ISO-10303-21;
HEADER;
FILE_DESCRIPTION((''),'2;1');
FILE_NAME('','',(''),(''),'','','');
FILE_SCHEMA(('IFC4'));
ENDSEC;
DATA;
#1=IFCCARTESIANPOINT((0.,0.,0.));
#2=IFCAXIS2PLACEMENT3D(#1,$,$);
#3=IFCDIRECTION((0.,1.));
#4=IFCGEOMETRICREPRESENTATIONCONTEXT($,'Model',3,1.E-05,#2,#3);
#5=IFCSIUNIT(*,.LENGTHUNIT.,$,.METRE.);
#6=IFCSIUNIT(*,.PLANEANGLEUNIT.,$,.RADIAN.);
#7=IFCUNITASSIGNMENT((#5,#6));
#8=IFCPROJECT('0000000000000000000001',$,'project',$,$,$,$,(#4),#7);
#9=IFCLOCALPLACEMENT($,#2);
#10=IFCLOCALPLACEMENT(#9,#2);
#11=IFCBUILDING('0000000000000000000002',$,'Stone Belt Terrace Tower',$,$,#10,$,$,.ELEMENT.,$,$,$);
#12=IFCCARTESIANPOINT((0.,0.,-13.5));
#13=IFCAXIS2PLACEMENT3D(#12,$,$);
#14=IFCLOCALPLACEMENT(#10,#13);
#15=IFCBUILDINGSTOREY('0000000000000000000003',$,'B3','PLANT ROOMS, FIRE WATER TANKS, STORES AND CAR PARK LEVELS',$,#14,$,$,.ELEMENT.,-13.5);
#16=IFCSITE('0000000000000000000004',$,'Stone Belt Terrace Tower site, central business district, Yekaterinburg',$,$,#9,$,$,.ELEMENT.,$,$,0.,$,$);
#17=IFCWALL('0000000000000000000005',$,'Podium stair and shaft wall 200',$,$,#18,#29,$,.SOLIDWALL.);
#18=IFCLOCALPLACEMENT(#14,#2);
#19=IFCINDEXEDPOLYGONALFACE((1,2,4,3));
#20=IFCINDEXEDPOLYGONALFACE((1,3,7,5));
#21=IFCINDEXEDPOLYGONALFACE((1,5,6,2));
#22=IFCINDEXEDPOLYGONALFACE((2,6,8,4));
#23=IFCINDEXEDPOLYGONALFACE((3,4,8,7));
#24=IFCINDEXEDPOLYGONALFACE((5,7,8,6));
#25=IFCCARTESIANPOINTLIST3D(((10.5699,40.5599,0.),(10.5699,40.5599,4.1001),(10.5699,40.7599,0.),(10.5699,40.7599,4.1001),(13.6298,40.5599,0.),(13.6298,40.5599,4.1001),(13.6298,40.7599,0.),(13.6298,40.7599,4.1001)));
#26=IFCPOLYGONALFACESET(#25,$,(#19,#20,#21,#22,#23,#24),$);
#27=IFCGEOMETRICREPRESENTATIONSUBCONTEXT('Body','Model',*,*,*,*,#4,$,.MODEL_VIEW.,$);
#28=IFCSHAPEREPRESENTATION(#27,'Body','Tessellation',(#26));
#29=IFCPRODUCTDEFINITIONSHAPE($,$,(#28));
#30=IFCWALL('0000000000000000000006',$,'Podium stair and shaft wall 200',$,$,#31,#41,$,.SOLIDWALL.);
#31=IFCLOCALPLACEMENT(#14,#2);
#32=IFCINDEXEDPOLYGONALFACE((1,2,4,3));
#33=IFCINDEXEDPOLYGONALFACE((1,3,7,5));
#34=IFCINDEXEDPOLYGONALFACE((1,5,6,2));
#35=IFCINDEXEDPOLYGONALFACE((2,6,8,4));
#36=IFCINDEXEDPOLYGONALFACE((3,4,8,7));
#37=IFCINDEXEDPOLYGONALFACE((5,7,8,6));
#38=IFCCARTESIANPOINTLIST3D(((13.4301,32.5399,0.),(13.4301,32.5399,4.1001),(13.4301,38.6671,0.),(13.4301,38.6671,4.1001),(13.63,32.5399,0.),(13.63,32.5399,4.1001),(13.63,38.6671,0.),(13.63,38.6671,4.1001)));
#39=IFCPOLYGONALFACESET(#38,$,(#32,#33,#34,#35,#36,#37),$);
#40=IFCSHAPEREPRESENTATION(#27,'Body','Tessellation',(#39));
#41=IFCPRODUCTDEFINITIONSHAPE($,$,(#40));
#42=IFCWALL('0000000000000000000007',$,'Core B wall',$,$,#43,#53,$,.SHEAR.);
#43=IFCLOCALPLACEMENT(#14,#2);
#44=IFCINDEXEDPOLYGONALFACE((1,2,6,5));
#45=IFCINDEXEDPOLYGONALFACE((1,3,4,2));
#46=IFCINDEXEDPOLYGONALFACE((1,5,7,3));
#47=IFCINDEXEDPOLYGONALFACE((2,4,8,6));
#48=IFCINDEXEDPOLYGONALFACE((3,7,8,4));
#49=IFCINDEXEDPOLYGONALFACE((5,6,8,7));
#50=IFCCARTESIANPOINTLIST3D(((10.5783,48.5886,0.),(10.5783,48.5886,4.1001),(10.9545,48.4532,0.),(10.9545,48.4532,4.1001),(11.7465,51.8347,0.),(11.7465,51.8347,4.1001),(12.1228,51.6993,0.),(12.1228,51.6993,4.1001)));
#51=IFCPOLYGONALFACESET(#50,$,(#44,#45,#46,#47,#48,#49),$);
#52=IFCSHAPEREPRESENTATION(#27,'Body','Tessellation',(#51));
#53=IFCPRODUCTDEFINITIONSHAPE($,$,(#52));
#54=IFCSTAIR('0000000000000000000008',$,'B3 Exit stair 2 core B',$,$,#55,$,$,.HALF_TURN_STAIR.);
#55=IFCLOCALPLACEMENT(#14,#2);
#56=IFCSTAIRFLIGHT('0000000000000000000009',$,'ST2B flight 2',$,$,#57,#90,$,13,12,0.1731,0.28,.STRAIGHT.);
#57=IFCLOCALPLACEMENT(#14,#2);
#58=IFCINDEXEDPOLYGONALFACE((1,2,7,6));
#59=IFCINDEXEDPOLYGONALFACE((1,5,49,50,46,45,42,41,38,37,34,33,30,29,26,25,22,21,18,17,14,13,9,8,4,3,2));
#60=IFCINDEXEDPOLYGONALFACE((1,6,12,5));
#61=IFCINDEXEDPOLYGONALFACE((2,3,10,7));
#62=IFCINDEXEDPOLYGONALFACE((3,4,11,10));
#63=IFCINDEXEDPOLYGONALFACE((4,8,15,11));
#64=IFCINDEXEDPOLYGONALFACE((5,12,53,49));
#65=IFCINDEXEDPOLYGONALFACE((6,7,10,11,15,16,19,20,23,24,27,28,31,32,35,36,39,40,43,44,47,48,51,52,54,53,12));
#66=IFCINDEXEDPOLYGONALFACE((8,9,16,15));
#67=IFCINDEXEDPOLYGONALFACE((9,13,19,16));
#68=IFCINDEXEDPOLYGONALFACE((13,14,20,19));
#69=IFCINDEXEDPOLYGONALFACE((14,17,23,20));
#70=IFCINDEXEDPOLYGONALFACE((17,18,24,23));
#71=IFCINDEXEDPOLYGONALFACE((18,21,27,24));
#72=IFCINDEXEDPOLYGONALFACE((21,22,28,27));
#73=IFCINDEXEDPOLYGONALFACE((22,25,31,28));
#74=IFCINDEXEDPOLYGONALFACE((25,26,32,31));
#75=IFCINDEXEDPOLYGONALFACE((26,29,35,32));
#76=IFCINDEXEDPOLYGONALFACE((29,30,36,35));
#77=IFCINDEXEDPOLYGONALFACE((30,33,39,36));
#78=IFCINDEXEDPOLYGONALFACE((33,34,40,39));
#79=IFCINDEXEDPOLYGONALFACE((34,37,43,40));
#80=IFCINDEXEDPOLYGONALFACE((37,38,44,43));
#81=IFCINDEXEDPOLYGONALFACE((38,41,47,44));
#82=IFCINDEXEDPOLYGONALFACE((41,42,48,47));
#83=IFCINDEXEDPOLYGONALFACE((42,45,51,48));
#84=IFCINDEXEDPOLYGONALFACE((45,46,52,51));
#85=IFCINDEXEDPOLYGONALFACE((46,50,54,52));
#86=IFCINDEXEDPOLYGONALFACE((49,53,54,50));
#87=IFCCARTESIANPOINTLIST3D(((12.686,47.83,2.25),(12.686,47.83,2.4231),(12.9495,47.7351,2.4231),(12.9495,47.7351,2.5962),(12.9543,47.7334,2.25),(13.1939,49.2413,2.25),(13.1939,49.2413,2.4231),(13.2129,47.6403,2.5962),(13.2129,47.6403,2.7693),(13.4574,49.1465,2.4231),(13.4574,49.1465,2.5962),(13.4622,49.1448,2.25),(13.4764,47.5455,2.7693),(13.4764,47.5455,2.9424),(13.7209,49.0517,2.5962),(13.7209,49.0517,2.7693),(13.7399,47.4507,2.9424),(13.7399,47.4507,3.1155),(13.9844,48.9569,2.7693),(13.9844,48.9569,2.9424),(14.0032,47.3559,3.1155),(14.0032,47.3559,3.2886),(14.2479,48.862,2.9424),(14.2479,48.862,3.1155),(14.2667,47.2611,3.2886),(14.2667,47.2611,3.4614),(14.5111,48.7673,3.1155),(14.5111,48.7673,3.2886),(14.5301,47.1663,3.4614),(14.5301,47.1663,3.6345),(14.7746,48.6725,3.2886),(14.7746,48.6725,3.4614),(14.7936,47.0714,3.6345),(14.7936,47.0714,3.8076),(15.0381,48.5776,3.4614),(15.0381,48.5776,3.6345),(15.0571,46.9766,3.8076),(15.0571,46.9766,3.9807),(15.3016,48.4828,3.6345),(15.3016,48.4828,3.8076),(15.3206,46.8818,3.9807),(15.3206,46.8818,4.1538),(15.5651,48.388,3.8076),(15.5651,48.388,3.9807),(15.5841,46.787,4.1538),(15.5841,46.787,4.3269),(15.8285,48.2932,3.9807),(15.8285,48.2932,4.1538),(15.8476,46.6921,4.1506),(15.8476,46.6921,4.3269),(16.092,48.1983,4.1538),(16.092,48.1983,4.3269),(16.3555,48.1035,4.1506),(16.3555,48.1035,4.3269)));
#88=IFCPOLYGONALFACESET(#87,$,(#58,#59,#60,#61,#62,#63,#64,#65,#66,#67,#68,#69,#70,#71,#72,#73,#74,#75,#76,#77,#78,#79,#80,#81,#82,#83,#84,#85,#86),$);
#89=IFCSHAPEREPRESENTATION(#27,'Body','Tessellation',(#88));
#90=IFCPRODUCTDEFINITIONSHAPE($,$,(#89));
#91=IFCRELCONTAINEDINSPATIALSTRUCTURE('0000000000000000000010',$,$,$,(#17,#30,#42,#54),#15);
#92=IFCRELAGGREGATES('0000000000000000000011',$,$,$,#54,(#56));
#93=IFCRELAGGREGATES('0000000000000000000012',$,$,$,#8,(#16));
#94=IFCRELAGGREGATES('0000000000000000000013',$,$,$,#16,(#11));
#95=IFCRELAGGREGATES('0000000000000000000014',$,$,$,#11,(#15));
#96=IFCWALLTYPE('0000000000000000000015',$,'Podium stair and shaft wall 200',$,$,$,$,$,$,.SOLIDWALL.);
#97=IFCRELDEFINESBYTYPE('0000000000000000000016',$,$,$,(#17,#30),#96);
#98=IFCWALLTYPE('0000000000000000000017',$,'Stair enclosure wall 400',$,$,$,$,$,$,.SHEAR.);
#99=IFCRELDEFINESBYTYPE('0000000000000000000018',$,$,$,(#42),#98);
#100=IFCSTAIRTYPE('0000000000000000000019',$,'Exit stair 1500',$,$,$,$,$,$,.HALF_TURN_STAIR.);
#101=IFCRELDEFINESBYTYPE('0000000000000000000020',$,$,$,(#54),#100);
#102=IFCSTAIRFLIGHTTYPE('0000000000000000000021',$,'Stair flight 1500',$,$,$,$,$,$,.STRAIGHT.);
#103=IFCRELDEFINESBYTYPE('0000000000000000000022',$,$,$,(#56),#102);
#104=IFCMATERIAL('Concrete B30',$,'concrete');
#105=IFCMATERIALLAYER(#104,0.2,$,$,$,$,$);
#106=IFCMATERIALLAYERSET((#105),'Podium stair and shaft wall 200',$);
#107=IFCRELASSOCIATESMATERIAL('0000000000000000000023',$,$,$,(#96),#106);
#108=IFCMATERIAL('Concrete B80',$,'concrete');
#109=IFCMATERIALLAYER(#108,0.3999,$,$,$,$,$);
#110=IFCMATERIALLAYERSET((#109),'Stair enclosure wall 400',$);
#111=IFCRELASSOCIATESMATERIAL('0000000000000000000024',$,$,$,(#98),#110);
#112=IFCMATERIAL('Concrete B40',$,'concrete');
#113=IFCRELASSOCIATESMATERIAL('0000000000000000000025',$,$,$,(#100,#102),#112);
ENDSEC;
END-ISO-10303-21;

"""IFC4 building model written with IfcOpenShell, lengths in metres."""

from ifc_helpers import new_model, si_unit, direction, frame, frame_2d, origin, place, context, subcontext, project, spatial, polyline, rectangle, outline, extrude, material, layer, layer_set, type_object, element, aggregate, save


model = new_model("IFC4")

# Units and contexts
model_context = context("Model", 3, precision=1e-05, world=origin(), true_north=direction((0.0, 1.0)))
body_context = subcontext(model_context, "Body", "Model", "MODEL_VIEW")
ifc_project = project(units=[si_unit("LENGTHUNIT", "METRE"), si_unit("PLANEANGLEUNIT", "RADIAN")], contexts=[model_context])

# Site, building, storey
site_placement = place(None, origin())
site = spatial("IfcSite", under=ifc_project, at=site_placement, Name="Stone Belt Terrace Tower site, central business district, Yekaterinburg", CompositionType="ELEMENT", RefElevation=0.0)
building_placement = place(site_placement, origin())
building = spatial("IfcBuilding", under=site, at=building_placement, Name="Stone Belt Terrace Tower", CompositionType="ELEMENT")
storey_placement = place(building_placement, frame((0.0, 0.0, -13.5)))
storey = spatial("IfcBuildingStorey", under=building, at=storey_placement, Name="B3", Description="PLANT ROOMS, FIRE WATER TANKS, STORES AND CAR PARK LEVELS", CompositionType="ELEMENT", Elevation=-13.5)

# Shared definitions
ifc_material_1 = material(Name="Concrete B40", Category="concrete")

# Shared definitions
ifc_material_2 = material(Name="Concrete B80", Category="concrete")

# Shared definitions
ifc_material_3 = material(Name="Concrete B30", Category="concrete")

# Walls
ifc_layer_1 = layer(ifc_material_3, 0.2)
ifc_layer_set_1 = layer_set([ifc_layer_1], Name="Podium stair and shaft wall 200")
wall_type_1 = type_object("IfcWallType", Name="Podium stair and shaft wall 200", PredefinedType="SOLIDWALL", material=ifc_layer_set_1)
wall_1_placement = place(storey_placement, frame((10.5701, 40.6599, 0.0), z_axis=(0.0, 0.0, 1.0), x_axis=(1.0, 0.0, 0.0)))
element("IfcWall", 1, at=wall_1_placement, inside=storey, type_object=wall_type_1, Name="Podium stair and shaft wall 200", PredefinedType="SOLIDWALL", context=body_context, shape_type="SweptSolid", body=[
    extrude(rectangle(XDim=3.0598, YDim=0.2, at=frame_2d((1.5298, 0.0))), origin(), (0.0, 0.0, 1.0), 4.1001),
])
wall_2_placement = place(storey_placement, frame((13.53, 32.54, 0.0), z_axis=(0.0, 0.0, 1.0), x_axis=(0.0, 1.0, 0.0)))
element("IfcWall", 2, at=wall_2_placement, inside=storey, type_object=wall_type_1, Name="Podium stair and shaft wall 200", PredefinedType="SOLIDWALL", context=body_context, shape_type="SweptSolid", body=[
    extrude(rectangle(XDim=6.1272, YDim=0.2, at=frame_2d((3.0635, 0.0))), origin(), (0.0, 0.0, 1.0), 4.1001),
])
ifc_layer_2 = layer(ifc_material_2, 0.3999)
ifc_layer_set_2 = layer_set([ifc_layer_2], Name="Stair enclosure wall 400")
wall_type_2 = type_object("IfcWallType", Name="Stair enclosure wall 400", PredefinedType="SHEAR", material=ifc_layer_set_2)
wall_3_placement = place(storey_placement, frame((10.7664, 48.5208, 0.0), z_axis=(0.0, 0.0, 1.0), x_axis=(0.338622, 0.940923, 0.0)))
element("IfcWall", 3, at=wall_3_placement, inside=storey, type_object=wall_type_2, Name="Core B wall", PredefinedType="SHEAR", context=body_context, shape_type="SweptSolid", body=[
    extrude(rectangle(XDim=3.45, YDim=0.3999, at=frame_2d((1.7251, 0.0))), origin(), (0.0, 0.0, 1.0), 4.1001),
])

# Stair, stair flight
stair_type = type_object("IfcStairType", Name="Exit stair 1500", PredefinedType="HALF_TURN_STAIR", material=ifc_material_1)
stair_placement = place(storey_placement, origin())
stair = element("IfcStair", 4, at=stair_placement, inside=storey, type_object=stair_type, Name="B3 Exit stair 2 core B", PredefinedType="HALF_TURN_STAIR")
stair_flight_type = type_object("IfcStairFlightType", Name="Stair flight 1500", PredefinedType="STRAIGHT", material=ifc_material_1)
stair_flight_placement = place(storey_placement, frame((12.9399, 48.5356, 2.25), z_axis=(0.0, 0.0, 1.0), x_axis=(0.940922, -0.338624, 0.0)))
stair_flight = element("IfcStairFlight", 5, at=stair_flight_placement, type_object=stair_flight_type, Name="ST2B flight 2", NumberOfRisers=13, NumberOfTreads=12, PredefinedType="STRAIGHT", RiserHeight=0.1731, TreadLength=0.28, context=body_context, shape_type="SweptSolid", body=[
    extrude(outline(polyline([(0.0, 0.0), (0.0, 0.1731), (0.28, 0.1731), (0.28, 0.3462), (0.5601, 0.3462), (0.5601, 0.5193), (0.8401, 0.5193), (0.8401, 0.6924), (1.1201, 0.6924), (1.1201, 0.8655), (1.3999, 0.8655), (1.3999, 1.0386), (1.6799, 1.0386), (1.6799, 1.2114), (1.96, 1.2114), (1.96, 1.3845), (2.24, 1.3845), (2.24, 1.5576), (2.52, 1.5576), (2.52, 1.7307), (2.8, 1.7307), (2.8, 1.9038), (3.0801, 1.9038), (3.0801, 2.0769), (3.3601, 2.0769), (3.3601, 2.25), (3.3601, 1.9006), (0.2852, 0.0), (0.0, 0.0)])), frame((0.0, 0.75, 0.0), z_axis=(0.0, -1.0, 0.0), x_axis=(1.0, 0.0, 0.0)), (0.0, 0.0, 1.0), 1.5),
])
aggregate(stair, [stair_flight])

save(model, "model.ifc")
